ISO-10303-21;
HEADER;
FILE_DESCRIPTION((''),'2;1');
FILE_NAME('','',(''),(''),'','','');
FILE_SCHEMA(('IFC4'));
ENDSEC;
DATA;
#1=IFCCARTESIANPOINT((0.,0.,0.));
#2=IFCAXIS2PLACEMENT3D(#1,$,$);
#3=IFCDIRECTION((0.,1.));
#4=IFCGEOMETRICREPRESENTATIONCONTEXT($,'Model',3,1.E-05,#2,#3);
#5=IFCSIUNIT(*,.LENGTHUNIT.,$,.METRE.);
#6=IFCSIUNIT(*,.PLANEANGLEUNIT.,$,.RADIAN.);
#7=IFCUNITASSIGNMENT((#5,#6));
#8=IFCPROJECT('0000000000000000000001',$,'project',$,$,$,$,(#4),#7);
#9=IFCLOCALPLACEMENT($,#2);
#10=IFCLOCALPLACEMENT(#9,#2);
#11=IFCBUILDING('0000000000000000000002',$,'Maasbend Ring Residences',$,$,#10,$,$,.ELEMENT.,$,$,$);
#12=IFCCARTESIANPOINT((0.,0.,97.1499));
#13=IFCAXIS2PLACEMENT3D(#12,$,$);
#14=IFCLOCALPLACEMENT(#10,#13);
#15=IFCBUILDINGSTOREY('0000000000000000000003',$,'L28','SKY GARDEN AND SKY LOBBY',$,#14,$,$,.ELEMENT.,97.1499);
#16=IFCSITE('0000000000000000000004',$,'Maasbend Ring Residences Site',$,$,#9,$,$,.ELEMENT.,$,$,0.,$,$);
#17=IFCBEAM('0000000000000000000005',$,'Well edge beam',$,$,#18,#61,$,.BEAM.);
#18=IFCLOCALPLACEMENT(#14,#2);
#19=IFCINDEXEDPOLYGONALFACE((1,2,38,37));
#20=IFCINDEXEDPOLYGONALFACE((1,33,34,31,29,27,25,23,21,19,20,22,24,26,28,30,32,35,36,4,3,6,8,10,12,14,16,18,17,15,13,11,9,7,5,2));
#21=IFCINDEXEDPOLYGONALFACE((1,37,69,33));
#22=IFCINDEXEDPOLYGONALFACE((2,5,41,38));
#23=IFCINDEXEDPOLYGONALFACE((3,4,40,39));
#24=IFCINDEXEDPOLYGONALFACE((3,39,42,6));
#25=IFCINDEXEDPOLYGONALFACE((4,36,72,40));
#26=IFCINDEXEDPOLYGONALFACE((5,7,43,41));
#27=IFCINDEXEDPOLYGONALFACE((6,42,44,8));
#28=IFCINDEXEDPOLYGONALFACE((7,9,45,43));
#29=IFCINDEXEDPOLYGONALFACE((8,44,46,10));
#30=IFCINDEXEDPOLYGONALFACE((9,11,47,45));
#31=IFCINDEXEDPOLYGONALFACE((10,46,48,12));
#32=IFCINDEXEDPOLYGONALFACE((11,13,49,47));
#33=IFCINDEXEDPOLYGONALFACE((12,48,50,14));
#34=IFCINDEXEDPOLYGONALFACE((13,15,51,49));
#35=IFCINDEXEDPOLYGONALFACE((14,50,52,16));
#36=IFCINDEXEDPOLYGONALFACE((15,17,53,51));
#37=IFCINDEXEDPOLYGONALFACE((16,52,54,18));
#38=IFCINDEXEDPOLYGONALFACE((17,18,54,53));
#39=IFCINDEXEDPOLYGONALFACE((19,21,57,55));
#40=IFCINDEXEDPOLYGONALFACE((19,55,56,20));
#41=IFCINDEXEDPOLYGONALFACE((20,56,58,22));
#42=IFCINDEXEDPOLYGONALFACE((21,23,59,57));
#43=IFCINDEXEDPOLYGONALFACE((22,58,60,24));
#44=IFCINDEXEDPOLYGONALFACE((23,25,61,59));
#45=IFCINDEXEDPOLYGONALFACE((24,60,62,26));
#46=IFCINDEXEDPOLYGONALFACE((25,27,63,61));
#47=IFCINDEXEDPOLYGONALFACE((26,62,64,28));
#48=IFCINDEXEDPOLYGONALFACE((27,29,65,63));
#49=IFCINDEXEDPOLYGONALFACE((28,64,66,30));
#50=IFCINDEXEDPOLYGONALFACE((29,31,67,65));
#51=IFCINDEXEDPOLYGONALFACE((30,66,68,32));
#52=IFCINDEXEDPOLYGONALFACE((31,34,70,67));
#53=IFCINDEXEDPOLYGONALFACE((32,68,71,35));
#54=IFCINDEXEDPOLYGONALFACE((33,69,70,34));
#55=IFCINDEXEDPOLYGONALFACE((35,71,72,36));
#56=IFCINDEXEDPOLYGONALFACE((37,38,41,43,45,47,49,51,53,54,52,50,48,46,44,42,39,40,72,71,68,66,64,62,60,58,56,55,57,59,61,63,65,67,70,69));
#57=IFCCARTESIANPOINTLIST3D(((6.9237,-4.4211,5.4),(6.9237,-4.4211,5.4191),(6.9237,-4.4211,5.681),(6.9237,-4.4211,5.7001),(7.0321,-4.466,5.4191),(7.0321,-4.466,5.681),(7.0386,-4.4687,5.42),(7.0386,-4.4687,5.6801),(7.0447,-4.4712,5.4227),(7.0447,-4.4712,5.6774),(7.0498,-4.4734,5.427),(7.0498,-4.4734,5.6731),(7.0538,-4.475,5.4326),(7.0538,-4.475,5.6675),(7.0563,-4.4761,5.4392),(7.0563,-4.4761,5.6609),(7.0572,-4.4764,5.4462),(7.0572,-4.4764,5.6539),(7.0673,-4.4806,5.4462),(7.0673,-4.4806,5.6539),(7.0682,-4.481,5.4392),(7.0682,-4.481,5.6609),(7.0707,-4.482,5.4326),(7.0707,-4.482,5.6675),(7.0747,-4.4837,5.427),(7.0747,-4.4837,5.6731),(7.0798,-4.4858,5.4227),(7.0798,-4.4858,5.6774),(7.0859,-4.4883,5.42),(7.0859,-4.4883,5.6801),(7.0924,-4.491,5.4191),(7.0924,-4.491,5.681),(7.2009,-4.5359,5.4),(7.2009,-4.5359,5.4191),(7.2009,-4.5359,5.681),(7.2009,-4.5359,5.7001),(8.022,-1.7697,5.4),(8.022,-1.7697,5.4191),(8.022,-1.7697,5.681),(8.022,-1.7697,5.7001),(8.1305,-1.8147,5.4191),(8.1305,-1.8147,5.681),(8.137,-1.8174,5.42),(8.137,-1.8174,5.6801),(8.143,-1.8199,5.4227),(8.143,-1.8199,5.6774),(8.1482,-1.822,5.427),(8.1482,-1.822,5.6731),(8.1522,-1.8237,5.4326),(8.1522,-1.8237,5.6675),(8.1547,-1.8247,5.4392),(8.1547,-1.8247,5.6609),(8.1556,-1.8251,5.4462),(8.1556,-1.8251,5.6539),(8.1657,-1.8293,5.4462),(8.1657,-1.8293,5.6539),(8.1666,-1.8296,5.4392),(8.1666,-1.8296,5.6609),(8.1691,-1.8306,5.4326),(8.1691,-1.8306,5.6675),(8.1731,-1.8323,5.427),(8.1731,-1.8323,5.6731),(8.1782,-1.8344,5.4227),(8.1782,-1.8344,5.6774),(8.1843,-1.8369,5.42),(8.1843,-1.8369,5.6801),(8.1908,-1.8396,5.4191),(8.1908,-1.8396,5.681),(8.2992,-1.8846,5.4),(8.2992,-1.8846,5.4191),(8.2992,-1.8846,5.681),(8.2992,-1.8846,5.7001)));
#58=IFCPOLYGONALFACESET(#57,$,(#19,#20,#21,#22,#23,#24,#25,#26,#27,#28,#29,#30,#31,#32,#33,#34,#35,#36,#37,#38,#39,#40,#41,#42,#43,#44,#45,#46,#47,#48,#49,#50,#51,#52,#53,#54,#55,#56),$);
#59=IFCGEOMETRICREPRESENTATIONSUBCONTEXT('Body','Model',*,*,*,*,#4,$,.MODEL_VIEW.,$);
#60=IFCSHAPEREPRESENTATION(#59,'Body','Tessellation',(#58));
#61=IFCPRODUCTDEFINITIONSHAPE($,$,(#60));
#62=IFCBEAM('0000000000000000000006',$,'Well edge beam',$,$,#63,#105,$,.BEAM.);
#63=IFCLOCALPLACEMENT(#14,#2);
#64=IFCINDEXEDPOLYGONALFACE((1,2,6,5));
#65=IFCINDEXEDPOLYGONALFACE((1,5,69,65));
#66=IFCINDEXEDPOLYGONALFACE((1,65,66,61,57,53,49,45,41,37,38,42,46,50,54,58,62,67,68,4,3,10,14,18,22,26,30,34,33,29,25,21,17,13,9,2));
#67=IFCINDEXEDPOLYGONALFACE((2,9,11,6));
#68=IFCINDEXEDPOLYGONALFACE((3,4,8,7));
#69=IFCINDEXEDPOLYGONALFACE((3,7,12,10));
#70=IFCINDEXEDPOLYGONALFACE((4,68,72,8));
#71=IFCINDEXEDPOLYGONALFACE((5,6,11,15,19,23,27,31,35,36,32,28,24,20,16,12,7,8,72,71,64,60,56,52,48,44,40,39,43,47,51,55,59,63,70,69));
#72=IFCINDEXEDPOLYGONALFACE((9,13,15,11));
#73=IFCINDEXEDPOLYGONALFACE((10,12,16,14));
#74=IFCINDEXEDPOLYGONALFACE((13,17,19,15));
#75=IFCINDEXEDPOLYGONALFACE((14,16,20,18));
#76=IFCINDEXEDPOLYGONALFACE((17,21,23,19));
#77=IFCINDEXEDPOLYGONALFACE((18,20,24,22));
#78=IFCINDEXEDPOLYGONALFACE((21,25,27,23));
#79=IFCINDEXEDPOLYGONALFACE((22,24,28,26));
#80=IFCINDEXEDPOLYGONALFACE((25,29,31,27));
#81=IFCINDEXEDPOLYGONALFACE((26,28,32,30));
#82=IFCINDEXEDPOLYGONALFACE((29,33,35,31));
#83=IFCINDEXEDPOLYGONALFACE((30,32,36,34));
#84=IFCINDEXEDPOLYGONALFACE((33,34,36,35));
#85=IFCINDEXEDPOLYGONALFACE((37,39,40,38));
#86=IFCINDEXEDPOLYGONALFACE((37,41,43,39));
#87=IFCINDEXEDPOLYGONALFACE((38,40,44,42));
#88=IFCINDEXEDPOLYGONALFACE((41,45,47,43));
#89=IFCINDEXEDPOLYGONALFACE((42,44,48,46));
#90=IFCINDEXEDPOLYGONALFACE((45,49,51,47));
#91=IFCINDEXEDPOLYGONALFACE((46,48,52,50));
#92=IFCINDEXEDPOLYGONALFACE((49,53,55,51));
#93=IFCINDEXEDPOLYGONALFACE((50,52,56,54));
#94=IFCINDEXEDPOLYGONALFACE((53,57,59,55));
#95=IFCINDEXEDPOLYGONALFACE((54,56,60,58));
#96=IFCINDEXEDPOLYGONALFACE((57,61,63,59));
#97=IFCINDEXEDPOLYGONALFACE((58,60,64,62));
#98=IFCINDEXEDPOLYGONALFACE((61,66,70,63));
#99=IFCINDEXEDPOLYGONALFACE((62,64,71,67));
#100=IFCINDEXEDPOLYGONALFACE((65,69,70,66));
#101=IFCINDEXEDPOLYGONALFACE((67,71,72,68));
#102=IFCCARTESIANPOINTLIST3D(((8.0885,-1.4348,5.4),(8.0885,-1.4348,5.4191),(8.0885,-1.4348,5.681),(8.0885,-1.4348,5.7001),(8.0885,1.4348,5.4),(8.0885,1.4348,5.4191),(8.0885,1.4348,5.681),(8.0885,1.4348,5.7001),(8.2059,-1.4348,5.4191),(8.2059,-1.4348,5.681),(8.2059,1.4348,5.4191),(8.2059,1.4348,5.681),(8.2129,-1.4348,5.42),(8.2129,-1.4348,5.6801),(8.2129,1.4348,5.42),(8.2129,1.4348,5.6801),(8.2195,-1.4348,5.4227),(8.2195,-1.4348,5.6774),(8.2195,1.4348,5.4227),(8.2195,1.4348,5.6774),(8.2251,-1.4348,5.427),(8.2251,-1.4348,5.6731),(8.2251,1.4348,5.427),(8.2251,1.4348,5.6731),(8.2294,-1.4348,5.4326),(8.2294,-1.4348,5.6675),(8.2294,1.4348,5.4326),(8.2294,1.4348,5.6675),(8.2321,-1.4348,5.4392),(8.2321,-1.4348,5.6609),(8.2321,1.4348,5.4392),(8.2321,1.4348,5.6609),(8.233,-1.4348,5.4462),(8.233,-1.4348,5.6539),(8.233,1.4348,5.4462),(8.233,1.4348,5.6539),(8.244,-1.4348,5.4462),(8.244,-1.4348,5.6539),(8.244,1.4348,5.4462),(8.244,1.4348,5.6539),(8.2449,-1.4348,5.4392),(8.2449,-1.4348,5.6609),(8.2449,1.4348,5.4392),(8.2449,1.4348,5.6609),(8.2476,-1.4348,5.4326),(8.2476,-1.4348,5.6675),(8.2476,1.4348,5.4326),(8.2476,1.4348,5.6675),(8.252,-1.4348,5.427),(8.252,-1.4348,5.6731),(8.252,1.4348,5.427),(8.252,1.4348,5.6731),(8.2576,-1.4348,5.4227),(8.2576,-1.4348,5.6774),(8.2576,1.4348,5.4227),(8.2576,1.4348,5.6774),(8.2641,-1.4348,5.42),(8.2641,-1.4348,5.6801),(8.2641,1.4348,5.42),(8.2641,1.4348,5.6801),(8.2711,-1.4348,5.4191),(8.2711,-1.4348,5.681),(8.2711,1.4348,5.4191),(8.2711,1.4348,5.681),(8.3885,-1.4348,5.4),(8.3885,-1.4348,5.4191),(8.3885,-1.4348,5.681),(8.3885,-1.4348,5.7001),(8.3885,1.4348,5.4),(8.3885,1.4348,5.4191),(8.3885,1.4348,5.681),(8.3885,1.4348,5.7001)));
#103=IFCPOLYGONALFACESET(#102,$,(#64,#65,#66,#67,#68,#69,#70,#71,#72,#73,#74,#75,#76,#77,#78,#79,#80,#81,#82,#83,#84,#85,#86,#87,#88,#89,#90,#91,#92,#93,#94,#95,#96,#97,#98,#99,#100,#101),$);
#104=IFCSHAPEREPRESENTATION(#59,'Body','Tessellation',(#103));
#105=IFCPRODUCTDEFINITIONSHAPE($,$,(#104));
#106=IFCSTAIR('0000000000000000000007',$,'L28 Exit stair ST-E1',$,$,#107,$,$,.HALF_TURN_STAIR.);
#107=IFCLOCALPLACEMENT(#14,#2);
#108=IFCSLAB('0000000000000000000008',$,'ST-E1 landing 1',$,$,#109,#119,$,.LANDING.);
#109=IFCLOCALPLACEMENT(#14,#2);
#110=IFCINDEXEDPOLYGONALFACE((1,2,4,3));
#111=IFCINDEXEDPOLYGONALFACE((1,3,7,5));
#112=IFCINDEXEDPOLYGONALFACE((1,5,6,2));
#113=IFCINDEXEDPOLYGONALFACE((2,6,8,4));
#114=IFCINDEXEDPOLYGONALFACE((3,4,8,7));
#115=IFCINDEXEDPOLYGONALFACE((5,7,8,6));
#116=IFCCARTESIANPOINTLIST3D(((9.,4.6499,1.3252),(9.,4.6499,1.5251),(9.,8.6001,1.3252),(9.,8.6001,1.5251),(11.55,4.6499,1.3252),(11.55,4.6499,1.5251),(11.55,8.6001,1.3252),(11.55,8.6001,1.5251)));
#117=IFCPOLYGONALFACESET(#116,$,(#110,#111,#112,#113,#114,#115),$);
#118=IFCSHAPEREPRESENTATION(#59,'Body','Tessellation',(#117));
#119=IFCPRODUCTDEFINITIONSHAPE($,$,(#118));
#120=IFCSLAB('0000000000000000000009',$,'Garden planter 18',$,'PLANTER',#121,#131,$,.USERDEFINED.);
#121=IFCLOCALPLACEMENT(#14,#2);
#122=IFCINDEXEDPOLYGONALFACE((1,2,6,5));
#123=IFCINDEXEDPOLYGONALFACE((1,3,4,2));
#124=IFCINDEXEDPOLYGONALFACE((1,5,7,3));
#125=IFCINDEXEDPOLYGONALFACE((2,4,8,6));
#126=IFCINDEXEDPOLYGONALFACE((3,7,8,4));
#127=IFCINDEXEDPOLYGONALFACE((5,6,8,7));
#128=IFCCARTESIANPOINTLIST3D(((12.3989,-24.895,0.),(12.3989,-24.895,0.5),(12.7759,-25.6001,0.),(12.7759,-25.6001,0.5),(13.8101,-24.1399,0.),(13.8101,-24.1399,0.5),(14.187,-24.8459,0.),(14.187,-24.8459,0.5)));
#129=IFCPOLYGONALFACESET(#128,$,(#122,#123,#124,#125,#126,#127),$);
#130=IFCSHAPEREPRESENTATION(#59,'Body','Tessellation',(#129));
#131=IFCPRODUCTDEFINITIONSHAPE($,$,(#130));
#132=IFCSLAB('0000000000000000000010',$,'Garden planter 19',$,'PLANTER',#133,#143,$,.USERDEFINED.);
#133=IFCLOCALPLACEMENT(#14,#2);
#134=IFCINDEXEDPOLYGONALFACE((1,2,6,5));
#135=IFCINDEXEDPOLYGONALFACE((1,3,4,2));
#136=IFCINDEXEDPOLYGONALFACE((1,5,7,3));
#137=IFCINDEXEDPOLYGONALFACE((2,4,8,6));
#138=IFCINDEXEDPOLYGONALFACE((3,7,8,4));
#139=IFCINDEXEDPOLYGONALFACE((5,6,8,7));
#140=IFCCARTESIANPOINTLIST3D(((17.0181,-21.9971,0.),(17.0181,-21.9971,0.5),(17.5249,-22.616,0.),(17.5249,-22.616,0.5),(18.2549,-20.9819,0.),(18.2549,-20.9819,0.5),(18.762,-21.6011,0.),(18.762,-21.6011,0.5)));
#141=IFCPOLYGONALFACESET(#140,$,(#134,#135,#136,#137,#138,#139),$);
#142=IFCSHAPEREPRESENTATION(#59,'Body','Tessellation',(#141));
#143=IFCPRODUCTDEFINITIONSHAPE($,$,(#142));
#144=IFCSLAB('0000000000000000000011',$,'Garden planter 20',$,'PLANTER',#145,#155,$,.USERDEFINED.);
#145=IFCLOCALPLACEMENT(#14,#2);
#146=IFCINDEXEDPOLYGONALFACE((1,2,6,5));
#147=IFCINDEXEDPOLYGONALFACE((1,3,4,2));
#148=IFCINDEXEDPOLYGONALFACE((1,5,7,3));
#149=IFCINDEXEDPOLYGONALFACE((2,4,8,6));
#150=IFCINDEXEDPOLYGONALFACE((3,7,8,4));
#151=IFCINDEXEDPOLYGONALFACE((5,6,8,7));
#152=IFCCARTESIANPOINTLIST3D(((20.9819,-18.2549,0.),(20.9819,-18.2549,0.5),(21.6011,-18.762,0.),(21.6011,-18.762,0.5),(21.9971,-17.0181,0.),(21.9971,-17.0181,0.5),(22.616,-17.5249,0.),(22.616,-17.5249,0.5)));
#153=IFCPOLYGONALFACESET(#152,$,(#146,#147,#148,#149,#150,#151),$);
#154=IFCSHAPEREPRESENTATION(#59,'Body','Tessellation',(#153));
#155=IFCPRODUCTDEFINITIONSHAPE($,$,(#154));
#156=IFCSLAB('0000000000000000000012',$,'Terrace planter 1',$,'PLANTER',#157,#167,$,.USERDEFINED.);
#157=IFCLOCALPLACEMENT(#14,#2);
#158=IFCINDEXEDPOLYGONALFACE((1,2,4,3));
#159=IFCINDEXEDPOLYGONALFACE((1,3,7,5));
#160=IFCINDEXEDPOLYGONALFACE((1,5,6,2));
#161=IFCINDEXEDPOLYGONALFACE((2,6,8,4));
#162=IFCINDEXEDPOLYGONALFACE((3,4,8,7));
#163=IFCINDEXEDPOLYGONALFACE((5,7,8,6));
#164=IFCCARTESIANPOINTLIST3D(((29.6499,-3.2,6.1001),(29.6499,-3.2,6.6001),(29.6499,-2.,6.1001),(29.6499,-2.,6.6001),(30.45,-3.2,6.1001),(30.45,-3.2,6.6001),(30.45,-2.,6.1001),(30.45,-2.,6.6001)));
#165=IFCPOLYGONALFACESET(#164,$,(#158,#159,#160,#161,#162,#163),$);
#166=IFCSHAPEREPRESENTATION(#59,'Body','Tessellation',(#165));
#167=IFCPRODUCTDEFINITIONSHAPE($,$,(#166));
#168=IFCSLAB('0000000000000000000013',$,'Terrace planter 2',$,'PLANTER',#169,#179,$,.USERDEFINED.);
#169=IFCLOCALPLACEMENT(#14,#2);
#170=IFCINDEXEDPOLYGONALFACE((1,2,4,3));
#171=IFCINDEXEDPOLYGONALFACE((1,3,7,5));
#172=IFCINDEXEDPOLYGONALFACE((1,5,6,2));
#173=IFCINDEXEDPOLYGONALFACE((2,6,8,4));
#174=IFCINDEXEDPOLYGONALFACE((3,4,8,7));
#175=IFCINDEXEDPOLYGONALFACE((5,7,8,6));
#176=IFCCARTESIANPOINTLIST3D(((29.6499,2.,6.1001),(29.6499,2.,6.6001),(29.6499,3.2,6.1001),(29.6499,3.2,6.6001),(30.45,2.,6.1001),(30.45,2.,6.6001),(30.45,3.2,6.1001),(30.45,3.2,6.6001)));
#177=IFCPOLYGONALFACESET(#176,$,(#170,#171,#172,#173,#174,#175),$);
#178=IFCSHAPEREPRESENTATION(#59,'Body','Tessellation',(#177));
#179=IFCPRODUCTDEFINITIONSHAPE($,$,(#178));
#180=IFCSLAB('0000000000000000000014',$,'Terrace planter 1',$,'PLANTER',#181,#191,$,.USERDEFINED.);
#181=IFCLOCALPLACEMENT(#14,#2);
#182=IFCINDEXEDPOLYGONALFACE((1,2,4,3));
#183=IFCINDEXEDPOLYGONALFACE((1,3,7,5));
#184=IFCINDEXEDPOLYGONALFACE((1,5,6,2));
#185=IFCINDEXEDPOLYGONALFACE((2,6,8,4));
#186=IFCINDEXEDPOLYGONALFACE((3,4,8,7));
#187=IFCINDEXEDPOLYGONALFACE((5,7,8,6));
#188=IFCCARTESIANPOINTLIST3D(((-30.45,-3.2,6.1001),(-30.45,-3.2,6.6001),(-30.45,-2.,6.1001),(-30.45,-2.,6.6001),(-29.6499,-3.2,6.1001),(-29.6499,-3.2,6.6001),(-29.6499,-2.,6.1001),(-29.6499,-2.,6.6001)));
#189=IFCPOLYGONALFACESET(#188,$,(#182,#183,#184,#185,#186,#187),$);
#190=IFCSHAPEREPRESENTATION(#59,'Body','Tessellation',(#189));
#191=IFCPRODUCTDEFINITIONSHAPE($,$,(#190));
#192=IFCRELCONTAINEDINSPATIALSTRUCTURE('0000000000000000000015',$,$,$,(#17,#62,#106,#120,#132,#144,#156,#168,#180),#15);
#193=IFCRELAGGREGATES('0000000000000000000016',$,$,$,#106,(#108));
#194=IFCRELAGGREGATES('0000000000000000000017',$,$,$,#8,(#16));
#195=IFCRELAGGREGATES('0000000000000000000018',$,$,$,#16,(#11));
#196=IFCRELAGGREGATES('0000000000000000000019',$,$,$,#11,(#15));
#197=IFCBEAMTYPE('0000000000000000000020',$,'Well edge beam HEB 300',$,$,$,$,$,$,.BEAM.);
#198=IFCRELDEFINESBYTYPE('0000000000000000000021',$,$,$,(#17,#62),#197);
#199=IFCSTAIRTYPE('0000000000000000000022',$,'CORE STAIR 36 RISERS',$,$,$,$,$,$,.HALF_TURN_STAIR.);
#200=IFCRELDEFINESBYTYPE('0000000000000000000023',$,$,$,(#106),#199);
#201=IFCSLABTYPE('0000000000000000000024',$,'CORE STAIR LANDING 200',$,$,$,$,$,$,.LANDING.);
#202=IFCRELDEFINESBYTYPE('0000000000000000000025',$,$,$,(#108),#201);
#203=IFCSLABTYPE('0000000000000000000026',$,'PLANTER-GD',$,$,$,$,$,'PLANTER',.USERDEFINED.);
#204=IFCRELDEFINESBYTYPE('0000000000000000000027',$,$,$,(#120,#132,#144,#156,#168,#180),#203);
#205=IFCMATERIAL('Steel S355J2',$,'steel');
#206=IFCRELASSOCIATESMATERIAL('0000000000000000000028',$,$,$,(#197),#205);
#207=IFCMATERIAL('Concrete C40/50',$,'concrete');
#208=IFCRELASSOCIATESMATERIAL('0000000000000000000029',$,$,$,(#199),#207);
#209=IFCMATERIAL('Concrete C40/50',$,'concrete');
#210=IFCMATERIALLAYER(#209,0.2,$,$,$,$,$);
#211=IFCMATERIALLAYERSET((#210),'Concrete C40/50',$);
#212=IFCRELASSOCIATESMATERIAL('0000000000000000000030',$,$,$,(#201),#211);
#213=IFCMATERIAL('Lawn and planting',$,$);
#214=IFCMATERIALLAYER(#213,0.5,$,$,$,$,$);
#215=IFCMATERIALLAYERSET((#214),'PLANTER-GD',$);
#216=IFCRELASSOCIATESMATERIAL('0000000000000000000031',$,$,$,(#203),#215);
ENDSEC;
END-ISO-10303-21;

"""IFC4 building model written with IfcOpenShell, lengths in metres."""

from ifc_helpers import new_model, si_unit, direction, frame, origin, origin_2d, place, context, subcontext, project, spatial, polyline, i_section, outline, extrude, material, layer, layer_set, material_profile, profile_set, type_object, element, aggregate, save


model = new_model("IFC4")

# Units and contexts
model_context = context("Model", 3, precision=1e-05, world=origin(), true_north=direction((0.0, 1.0)))
body_context = subcontext(model_context, "Body", "Model", "MODEL_VIEW")
ifc_project = project(units=[si_unit("LENGTHUNIT", "METRE"), si_unit("PLANEANGLEUNIT", "RADIAN")], contexts=[model_context])

# Site, building, storey
site_placement = place(None, origin())
site = spatial("IfcSite", under=ifc_project, at=site_placement, Name="Maasbend Ring Residences Site", CompositionType="ELEMENT", RefElevation=0.0)
building_placement = place(site_placement, origin())
building = spatial("IfcBuilding", under=site, at=building_placement, Name="Maasbend Ring Residences", CompositionType="ELEMENT")
storey_placement = place(building_placement, frame((0.0, 0.0, 97.1499)))
storey = spatial("IfcBuildingStorey", under=building, at=storey_placement, Name="L28", Description="SKY GARDEN AND SKY LOBBY", CompositionType="ELEMENT", Elevation=97.1499)

# Beams
ifc_material_1 = material(Name="Steel S355J2", Category="steel")
ifc_material_profile_1 = material_profile(ifc_material_1, i_section(OverallWidth=0.3, OverallDepth=0.3, WebThickness=0.011, FlangeThickness=0.019, FilletRadius=0.0271, at=origin_2d()), Name="HEB 300")
ifc_profile_set_1 = profile_set([ifc_material_profile_1], Name="Steel S355J2")
beam_type = type_object("IfcBeamType", Name="Well edge beam HEB 300", PredefinedType="BEAM", material=ifc_profile_set_1)
beam_1_placement = place(storey_placement, frame((7.0623, -4.4785, 5.55), z_axis=(0.38273, 0.92386, 0.0), x_axis=(-0.92386, 0.38273, 0.0)))
element("IfcBeam", 1, at=beam_1_placement, inside=storey, type_object=beam_type, Name="Well edge beam", PredefinedType="BEAM", context=body_context, shape_type="SweptSolid", body=[
    extrude(i_section(OverallWidth=0.3, OverallDepth=0.3, WebThickness=0.011, FlangeThickness=0.019, FilletRadius=0.0271, at=origin_2d()), origin(), (0.0, 0.0, 1.0), 2.8699),
])
beam_2_placement = place(storey_placement, frame((8.2385, -1.4348, 5.55), z_axis=(0.0, 1.0, 0.0), x_axis=(-1.0, 0.0, 0.0)))
element("IfcBeam", 2, at=beam_2_placement, inside=storey, type_object=beam_type, Name="Well edge beam", PredefinedType="BEAM", context=body_context, shape_type="SweptSolid", body=[
    extrude(i_section(OverallWidth=0.3, OverallDepth=0.3, WebThickness=0.011, FlangeThickness=0.019, FilletRadius=0.0271, at=origin_2d()), origin(), (0.0, 0.0, 1.0), 2.8696),
])

# Stair, slab
ifc_material_2 = material(Name="Concrete C40/50", Category="concrete")
stair_type = type_object("IfcStairType", Name="CORE STAIR 36 RISERS", PredefinedType="HALF_TURN_STAIR", material=ifc_material_2)
stair_placement = place(storey_placement, origin())
stair = element("IfcStair", 3, at=stair_placement, inside=storey, type_object=stair_type, Name="L28 Exit stair ST-E1", PredefinedType="HALF_TURN_STAIR")
ifc_material_3 = material(Name="Concrete C40/50", Category="concrete")
ifc_layer_1 = layer(ifc_material_3, 0.2)
ifc_layer_set_1 = layer_set([ifc_layer_1], Name="Concrete C40/50")
slab_type_1 = type_object("IfcSlabType", Name="CORE STAIR LANDING 200", PredefinedType="LANDING", material=ifc_layer_set_1)
slab_1_placement = place(storey_placement, frame((0.0, 0.0, 1.3252)))
slab_1 = element("IfcSlab", 4, at=slab_1_placement, type_object=slab_type_1, Name="ST-E1 landing 1", PredefinedType="LANDING", context=body_context, shape_type="SweptSolid", body=[
    extrude(outline(polyline([(11.55, 8.6001), (9.0, 8.6001), (9.0, 4.6499), (11.55, 4.6499), (11.55, 8.6001)])), origin(), (0.0, 0.0, 1.0), 0.2),
])
aggregate(stair, [slab_1])

# Slabs
ifc_material_4 = material(Name="Lawn and planting")
ifc_layer_2 = layer(ifc_material_4, 0.5)
ifc_layer_set_2 = layer_set([ifc_layer_2], Name="PLANTER-GD")
slab_type_2 = type_object("IfcSlabType", Name="PLANTER-GD", ElementType="PLANTER", PredefinedType="USERDEFINED", material=ifc_layer_set_2)
slab_2_placement = place(storey_placement, origin())
element("IfcSlab", 5, at=slab_2_placement, inside=storey, type_object=slab_type_2, Name="Garden planter 18", ObjectType="PLANTER", PredefinedType="USERDEFINED", context=body_context, shape_type="SweptSolid", body=[
    extrude(outline(polyline([(12.7759, -25.6001), (14.187, -24.8459), (13.8101, -24.1399), (12.3989, -24.895), (12.7759, -25.6001)])), origin(), (0.0, 0.0, 1.0), 0.5),
])
slab_3_placement = place(storey_placement, origin())
element("IfcSlab", 6, at=slab_3_placement, inside=storey, type_object=slab_type_2, Name="Garden planter 19", ObjectType="PLANTER", PredefinedType="USERDEFINED", context=body_context, shape_type="SweptSolid", body=[
    extrude(outline(polyline([(17.5249, -22.616), (18.762, -21.6011), (18.2549, -20.9819), (17.0181, -21.9971), (17.5249, -22.616)])), origin(), (0.0, 0.0, 1.0), 0.5),
])
slab_4_placement = place(storey_placement, origin())
element("IfcSlab", 7, at=slab_4_placement, inside=storey, type_object=slab_type_2, Name="Garden planter 20", ObjectType="PLANTER", PredefinedType="USERDEFINED", context=body_context, shape_type="SweptSolid", body=[
    extrude(outline(polyline([(21.6011, -18.762), (22.616, -17.5249), (21.9971, -17.0181), (20.9819, -18.2549), (21.6011, -18.762)])), origin(), (0.0, 0.0, 1.0), 0.5),
])
slab_5_placement = place(storey_placement, frame((0.0, 0.0, 6.1001)))
element("IfcSlab", 8, at=slab_5_placement, inside=storey, type_object=slab_type_2, Name="Terrace planter 1", ObjectType="PLANTER", PredefinedType="USERDEFINED", context=body_context, shape_type="SweptSolid", body=[
    extrude(outline(polyline([(29.6499, -3.2), (30.45, -3.2), (30.45, -2.0), (29.6499, -2.0), (29.6499, -3.2)])), origin(), (0.0, 0.0, 1.0), 0.5),
])
slab_6_placement = place(storey_placement, frame((0.0, 0.0, 6.1001)))
element("IfcSlab", 9, at=slab_6_placement, inside=storey, type_object=slab_type_2, Name="Terrace planter 2", ObjectType="PLANTER", PredefinedType="USERDEFINED", context=body_context, shape_type="SweptSolid", body=[
    extrude(outline(polyline([(29.6499, 2.0), (30.45, 2.0), (30.45, 3.2), (29.6499, 3.2), (29.6499, 2.0)])), origin(), (0.0, 0.0, 1.0), 0.5),
])
slab_7_placement = place(storey_placement, frame((0.0, 0.0, 6.1001)))
element("IfcSlab", 10, at=slab_7_placement, inside=storey, type_object=slab_type_2, Name="Terrace planter 1", ObjectType="PLANTER", PredefinedType="USERDEFINED", context=body_context, shape_type="SweptSolid", body=[
    extrude(outline(polyline([(-30.45, -3.2), (-29.6499, -3.2), (-29.6499, -2.0), (-30.45, -2.0), (-30.45, -3.2)])), origin(), (0.0, 0.0, 1.0), 0.5),
])

save(model, "model.ifc")
